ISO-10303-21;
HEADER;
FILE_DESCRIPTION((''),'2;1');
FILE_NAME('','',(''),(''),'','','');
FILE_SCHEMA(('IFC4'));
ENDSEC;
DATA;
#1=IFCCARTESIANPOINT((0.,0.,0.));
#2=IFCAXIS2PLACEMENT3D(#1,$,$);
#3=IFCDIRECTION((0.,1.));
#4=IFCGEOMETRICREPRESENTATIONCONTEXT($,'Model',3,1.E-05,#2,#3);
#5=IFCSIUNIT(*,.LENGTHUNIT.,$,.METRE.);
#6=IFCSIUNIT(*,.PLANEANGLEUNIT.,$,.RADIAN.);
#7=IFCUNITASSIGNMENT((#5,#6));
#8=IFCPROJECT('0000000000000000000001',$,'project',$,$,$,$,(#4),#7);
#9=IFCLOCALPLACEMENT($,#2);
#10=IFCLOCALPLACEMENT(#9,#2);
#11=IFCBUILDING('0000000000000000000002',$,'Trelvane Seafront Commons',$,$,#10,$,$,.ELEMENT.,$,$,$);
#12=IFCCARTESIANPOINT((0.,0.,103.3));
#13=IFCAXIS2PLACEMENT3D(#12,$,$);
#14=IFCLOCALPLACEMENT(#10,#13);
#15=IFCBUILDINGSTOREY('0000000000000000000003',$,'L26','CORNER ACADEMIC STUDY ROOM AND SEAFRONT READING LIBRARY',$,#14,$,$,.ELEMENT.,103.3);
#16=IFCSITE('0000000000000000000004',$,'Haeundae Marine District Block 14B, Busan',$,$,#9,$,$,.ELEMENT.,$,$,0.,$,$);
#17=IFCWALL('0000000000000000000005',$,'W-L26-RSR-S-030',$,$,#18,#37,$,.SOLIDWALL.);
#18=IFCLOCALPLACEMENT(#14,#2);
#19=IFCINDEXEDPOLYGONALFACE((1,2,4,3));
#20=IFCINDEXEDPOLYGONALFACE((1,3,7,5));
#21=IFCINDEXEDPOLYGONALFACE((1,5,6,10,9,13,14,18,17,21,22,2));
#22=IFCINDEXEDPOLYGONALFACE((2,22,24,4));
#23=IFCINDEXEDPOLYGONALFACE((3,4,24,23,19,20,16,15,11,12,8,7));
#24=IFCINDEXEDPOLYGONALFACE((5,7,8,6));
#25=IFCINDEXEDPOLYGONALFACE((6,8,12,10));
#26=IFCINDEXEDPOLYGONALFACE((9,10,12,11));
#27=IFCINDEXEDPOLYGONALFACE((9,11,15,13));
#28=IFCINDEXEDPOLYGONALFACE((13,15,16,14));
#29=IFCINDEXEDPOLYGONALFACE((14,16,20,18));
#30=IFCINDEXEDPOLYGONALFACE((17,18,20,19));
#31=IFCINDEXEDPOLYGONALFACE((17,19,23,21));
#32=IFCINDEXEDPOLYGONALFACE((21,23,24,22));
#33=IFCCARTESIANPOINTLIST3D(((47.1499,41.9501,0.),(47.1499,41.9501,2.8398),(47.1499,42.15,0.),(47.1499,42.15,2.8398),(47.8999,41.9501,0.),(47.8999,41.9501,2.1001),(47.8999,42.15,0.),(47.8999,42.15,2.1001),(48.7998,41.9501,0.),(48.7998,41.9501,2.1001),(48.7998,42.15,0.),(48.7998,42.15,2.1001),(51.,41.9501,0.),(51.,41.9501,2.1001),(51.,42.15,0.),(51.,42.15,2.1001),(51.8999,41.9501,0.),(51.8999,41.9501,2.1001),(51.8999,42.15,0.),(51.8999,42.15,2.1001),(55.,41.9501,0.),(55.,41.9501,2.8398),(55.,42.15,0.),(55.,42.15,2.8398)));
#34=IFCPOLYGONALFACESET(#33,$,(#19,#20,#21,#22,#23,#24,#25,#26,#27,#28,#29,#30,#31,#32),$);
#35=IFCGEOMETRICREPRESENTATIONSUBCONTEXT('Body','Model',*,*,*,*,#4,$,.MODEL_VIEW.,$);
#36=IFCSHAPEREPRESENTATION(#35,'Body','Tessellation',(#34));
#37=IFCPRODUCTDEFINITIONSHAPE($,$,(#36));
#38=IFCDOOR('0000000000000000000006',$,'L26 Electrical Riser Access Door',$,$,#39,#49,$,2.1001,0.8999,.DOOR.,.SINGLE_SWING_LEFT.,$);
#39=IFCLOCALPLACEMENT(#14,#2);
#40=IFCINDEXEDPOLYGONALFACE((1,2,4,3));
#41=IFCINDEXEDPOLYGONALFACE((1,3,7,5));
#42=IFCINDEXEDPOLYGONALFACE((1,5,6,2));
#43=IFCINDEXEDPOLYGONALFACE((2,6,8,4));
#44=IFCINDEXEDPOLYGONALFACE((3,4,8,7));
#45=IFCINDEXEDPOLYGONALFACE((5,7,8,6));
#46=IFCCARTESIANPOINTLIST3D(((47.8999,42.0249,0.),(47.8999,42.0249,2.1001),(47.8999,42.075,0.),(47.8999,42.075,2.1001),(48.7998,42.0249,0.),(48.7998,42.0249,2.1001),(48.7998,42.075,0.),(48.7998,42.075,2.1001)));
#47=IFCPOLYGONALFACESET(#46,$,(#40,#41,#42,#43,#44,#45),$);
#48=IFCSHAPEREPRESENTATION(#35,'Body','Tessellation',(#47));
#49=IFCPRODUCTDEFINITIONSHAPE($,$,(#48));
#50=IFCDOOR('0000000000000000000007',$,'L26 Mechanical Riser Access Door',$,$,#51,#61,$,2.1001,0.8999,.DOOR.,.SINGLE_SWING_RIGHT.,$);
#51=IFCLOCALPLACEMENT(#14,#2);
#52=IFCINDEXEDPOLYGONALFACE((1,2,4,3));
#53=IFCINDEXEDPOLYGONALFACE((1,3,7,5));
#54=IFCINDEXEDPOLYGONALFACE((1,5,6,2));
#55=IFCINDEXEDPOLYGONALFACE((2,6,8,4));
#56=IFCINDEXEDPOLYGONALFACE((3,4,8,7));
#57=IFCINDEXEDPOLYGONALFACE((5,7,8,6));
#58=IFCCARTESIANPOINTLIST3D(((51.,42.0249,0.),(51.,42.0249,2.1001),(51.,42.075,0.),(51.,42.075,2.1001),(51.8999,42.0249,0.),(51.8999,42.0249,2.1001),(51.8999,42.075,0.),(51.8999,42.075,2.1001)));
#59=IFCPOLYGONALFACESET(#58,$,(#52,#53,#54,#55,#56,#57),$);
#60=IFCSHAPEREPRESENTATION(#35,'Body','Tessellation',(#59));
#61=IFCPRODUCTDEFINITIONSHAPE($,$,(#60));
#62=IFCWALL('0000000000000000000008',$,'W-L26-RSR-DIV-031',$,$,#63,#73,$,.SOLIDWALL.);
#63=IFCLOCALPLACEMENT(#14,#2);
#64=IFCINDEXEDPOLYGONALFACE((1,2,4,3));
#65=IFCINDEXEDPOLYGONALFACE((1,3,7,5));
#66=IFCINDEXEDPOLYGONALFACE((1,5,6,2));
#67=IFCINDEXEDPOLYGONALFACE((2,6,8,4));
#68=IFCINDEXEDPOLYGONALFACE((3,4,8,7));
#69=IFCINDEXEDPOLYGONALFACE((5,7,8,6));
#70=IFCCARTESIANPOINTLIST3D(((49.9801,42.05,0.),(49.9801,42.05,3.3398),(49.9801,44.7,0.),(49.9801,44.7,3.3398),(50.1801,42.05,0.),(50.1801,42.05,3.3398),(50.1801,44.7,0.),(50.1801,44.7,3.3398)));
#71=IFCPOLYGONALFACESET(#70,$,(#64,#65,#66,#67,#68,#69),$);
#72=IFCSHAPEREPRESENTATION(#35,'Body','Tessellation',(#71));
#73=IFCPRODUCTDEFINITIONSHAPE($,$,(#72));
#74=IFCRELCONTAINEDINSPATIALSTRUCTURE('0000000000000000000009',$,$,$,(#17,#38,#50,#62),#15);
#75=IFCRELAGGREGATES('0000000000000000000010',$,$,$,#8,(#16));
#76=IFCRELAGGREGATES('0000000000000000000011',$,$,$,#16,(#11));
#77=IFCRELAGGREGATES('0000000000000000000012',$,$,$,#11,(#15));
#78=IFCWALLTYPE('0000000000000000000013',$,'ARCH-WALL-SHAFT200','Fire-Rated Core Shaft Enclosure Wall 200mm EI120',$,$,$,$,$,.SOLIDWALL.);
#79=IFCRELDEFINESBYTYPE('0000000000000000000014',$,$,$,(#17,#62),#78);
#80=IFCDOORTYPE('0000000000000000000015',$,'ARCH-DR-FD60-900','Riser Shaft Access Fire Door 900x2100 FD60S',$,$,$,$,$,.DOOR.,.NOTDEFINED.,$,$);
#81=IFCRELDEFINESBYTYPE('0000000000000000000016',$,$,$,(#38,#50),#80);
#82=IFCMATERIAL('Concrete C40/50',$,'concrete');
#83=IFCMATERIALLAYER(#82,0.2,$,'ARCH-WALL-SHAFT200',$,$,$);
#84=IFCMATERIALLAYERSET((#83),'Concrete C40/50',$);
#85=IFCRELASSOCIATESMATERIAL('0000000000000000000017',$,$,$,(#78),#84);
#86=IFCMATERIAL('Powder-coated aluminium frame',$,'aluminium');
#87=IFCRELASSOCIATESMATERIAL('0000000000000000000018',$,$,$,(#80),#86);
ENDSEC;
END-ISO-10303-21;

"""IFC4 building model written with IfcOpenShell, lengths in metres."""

from ifc_helpers import new_model, si_unit, direction, frame, frame_2d, origin, place, context, subcontext, project, spatial, rectangle, extrude, source, transform, mapped, material, layer, layer_set, type_object, element, fill, save


model = new_model("IFC4")

# Units and contexts
model_context = context("Model", 3, precision=1e-05, world=origin(), true_north=direction((0.0, 1.0)))
body_context = subcontext(model_context, "Body", "Model", "MODEL_VIEW")
ifc_project = project(units=[si_unit("LENGTHUNIT", "METRE"), si_unit("PLANEANGLEUNIT", "RADIAN")], contexts=[model_context])

# Site, building, storey
site_placement = place(None, origin())
site = spatial("IfcSite", under=ifc_project, at=site_placement, Name="Haeundae Marine District Block 14B, Busan", CompositionType="ELEMENT", RefElevation=0.0)
building_placement = place(site_placement, origin())
building = spatial("IfcBuilding", under=site, at=building_placement, Name="Trelvane Seafront Commons", CompositionType="ELEMENT")
storey_placement = place(building_placement, frame((0.0, 0.0, 103.3)))
storey = spatial("IfcBuildingStorey", under=building, at=storey_placement, Name="L26", Description="CORNER ACADEMIC STUDY ROOM AND SEAFRONT READING LIBRARY", CompositionType="ELEMENT", Elevation=103.3)

# Shared definitions
ifc_material_1 = material(Name="Concrete C40/50", Category="concrete")
ifc_layer_1 = layer(ifc_material_1, 0.2, Name="ARCH-WALL-SHAFT200")
ifc_layer_set_1 = layer_set([ifc_layer_1], Name="Concrete C40/50")
wall_type_1 = type_object("IfcWallType", Name="ARCH-WALL-SHAFT200", Description="Fire-Rated Core Shaft Enclosure Wall 200mm EI120", PredefinedType="SOLIDWALL", material=ifc_layer_set_1)

# Wall, openings, doors
wall_1_placement = place(storey_placement, frame((47.1499, 42.05, 0.0), z_axis=(0.0, 0.0, 1.0), x_axis=(1.0, 0.0, 0.0)))
wall_1 = element("IfcWall", 1, at=wall_1_placement, inside=storey, type_object=wall_type_1, Name="W-L26-RSR-S-030", PredefinedType="SOLIDWALL", context=body_context, shape_type="SweptSolid", body=[
    extrude(rectangle(XDim=7.8501, YDim=0.2, at=frame_2d((3.925, 0.0))), origin(), (0.0, 0.0, 1.0), 2.8398),
])
opening_1_placement = place(wall_1_placement, frame((0.75, 0.0, 0.0)))
opening_1 = element("IfcOpeningElement", 2, at=opening_1_placement, cuts=wall_1, PredefinedType="OPENING", context=body_context, shape_type="SweptSolid", body=[
    extrude(rectangle(XDim=0.8999, YDim=2.1001, at=frame_2d((0.45, 1.05))), frame((0.0, 0.1099, 0.0), z_axis=(0.0, -1.0, 0.0), x_axis=(1.0, 0.0, 0.0)), (0.0, 0.0, 1.0), 0.22),
])
opening_2_placement = place(wall_1_placement, frame((3.8501, 0.0, 0.0)))
opening_2 = element("IfcOpeningElement", 3, at=opening_2_placement, cuts=wall_1, PredefinedType="OPENING", context=body_context, shape_type="SweptSolid", body=[
    extrude(rectangle(XDim=0.8999, YDim=2.1001, at=frame_2d((0.45, 1.05))), frame((0.0, 0.1099, 0.0), z_axis=(0.0, -1.0, 0.0), x_axis=(1.0, 0.0, 0.0)), (0.0, 0.0, 1.0), 0.22),
])
ifc_material_2 = material(Name="Powder-coated aluminium frame", Category="aluminium")
door_type_1 = type_object("IfcDoorType", Name="ARCH-DR-FD60-900", Description="Riser Shaft Access Fire Door 900x2100 FD60S", OperationType="NOTDEFINED", PredefinedType="DOOR", material=ifc_material_2)
shared_shape_1 = source(origin(), body_context, "Body", "SweptSolid", [
    extrude(rectangle(XDim=0.8999, YDim=2.1001, at=frame_2d((0.45, 1.05))), frame((0.0, 0.0249, 0.0), z_axis=(0.0, -1.0, 0.0), x_axis=(1.0, 0.0, 0.0)), (0.0, 0.0, 1.0), 0.05),
])
door_1_placement = place(opening_1_placement, origin())
door_1 = element("IfcDoor", 4, at=door_1_placement, inside=storey, type_object=door_type_1, Name="L26 Electrical Riser Access Door", OperationType="SINGLE_SWING_LEFT", OverallHeight=2.1001, OverallWidth=0.8999, PredefinedType="DOOR", context=body_context, shape_type="MappedRepresentation", body=[
    mapped(shared_shape_1, transform((0.0, 0.0, 0.0), x_axis=(1.0, 0.0, 0.0), y_axis=(0.0, 1.0, 0.0), z_axis=(0.0, 0.0, 1.0), scale=1.0)),
])
fill(opening_1, door_1)
door_2_placement = place(opening_2_placement, origin())
door_2 = element("IfcDoor", 5, at=door_2_placement, inside=storey, type_object=door_type_1, Name="L26 Mechanical Riser Access Door", OperationType="SINGLE_SWING_RIGHT", OverallHeight=2.1001, OverallWidth=0.8999, PredefinedType="DOOR", context=body_context, shape_type="MappedRepresentation", body=[
    mapped(shared_shape_1, transform((0.0, 0.0, 0.0), x_axis=(1.0, 0.0, 0.0), y_axis=(0.0, 1.0, 0.0), z_axis=(0.0, 0.0, 1.0), scale=1.0)),
])
fill(opening_2, door_2)

# Wall
wall_2_placement = place(storey_placement, frame((50.0801, 42.05, 0.0), z_axis=(0.0, 0.0, 1.0), x_axis=(0.0, 1.0, 0.0)))
element("IfcWall", 6, at=wall_2_placement, inside=storey, type_object=wall_type_1, Name="W-L26-RSR-DIV-031", PredefinedType="SOLIDWALL", context=body_context, shape_type="SweptSolid", body=[
    extrude(rectangle(XDim=2.6499, YDim=0.2, at=frame_2d((1.325, 0.0))), origin(), (0.0, 0.0, 1.0), 3.3398),
])

save(model, "model.ifc")
